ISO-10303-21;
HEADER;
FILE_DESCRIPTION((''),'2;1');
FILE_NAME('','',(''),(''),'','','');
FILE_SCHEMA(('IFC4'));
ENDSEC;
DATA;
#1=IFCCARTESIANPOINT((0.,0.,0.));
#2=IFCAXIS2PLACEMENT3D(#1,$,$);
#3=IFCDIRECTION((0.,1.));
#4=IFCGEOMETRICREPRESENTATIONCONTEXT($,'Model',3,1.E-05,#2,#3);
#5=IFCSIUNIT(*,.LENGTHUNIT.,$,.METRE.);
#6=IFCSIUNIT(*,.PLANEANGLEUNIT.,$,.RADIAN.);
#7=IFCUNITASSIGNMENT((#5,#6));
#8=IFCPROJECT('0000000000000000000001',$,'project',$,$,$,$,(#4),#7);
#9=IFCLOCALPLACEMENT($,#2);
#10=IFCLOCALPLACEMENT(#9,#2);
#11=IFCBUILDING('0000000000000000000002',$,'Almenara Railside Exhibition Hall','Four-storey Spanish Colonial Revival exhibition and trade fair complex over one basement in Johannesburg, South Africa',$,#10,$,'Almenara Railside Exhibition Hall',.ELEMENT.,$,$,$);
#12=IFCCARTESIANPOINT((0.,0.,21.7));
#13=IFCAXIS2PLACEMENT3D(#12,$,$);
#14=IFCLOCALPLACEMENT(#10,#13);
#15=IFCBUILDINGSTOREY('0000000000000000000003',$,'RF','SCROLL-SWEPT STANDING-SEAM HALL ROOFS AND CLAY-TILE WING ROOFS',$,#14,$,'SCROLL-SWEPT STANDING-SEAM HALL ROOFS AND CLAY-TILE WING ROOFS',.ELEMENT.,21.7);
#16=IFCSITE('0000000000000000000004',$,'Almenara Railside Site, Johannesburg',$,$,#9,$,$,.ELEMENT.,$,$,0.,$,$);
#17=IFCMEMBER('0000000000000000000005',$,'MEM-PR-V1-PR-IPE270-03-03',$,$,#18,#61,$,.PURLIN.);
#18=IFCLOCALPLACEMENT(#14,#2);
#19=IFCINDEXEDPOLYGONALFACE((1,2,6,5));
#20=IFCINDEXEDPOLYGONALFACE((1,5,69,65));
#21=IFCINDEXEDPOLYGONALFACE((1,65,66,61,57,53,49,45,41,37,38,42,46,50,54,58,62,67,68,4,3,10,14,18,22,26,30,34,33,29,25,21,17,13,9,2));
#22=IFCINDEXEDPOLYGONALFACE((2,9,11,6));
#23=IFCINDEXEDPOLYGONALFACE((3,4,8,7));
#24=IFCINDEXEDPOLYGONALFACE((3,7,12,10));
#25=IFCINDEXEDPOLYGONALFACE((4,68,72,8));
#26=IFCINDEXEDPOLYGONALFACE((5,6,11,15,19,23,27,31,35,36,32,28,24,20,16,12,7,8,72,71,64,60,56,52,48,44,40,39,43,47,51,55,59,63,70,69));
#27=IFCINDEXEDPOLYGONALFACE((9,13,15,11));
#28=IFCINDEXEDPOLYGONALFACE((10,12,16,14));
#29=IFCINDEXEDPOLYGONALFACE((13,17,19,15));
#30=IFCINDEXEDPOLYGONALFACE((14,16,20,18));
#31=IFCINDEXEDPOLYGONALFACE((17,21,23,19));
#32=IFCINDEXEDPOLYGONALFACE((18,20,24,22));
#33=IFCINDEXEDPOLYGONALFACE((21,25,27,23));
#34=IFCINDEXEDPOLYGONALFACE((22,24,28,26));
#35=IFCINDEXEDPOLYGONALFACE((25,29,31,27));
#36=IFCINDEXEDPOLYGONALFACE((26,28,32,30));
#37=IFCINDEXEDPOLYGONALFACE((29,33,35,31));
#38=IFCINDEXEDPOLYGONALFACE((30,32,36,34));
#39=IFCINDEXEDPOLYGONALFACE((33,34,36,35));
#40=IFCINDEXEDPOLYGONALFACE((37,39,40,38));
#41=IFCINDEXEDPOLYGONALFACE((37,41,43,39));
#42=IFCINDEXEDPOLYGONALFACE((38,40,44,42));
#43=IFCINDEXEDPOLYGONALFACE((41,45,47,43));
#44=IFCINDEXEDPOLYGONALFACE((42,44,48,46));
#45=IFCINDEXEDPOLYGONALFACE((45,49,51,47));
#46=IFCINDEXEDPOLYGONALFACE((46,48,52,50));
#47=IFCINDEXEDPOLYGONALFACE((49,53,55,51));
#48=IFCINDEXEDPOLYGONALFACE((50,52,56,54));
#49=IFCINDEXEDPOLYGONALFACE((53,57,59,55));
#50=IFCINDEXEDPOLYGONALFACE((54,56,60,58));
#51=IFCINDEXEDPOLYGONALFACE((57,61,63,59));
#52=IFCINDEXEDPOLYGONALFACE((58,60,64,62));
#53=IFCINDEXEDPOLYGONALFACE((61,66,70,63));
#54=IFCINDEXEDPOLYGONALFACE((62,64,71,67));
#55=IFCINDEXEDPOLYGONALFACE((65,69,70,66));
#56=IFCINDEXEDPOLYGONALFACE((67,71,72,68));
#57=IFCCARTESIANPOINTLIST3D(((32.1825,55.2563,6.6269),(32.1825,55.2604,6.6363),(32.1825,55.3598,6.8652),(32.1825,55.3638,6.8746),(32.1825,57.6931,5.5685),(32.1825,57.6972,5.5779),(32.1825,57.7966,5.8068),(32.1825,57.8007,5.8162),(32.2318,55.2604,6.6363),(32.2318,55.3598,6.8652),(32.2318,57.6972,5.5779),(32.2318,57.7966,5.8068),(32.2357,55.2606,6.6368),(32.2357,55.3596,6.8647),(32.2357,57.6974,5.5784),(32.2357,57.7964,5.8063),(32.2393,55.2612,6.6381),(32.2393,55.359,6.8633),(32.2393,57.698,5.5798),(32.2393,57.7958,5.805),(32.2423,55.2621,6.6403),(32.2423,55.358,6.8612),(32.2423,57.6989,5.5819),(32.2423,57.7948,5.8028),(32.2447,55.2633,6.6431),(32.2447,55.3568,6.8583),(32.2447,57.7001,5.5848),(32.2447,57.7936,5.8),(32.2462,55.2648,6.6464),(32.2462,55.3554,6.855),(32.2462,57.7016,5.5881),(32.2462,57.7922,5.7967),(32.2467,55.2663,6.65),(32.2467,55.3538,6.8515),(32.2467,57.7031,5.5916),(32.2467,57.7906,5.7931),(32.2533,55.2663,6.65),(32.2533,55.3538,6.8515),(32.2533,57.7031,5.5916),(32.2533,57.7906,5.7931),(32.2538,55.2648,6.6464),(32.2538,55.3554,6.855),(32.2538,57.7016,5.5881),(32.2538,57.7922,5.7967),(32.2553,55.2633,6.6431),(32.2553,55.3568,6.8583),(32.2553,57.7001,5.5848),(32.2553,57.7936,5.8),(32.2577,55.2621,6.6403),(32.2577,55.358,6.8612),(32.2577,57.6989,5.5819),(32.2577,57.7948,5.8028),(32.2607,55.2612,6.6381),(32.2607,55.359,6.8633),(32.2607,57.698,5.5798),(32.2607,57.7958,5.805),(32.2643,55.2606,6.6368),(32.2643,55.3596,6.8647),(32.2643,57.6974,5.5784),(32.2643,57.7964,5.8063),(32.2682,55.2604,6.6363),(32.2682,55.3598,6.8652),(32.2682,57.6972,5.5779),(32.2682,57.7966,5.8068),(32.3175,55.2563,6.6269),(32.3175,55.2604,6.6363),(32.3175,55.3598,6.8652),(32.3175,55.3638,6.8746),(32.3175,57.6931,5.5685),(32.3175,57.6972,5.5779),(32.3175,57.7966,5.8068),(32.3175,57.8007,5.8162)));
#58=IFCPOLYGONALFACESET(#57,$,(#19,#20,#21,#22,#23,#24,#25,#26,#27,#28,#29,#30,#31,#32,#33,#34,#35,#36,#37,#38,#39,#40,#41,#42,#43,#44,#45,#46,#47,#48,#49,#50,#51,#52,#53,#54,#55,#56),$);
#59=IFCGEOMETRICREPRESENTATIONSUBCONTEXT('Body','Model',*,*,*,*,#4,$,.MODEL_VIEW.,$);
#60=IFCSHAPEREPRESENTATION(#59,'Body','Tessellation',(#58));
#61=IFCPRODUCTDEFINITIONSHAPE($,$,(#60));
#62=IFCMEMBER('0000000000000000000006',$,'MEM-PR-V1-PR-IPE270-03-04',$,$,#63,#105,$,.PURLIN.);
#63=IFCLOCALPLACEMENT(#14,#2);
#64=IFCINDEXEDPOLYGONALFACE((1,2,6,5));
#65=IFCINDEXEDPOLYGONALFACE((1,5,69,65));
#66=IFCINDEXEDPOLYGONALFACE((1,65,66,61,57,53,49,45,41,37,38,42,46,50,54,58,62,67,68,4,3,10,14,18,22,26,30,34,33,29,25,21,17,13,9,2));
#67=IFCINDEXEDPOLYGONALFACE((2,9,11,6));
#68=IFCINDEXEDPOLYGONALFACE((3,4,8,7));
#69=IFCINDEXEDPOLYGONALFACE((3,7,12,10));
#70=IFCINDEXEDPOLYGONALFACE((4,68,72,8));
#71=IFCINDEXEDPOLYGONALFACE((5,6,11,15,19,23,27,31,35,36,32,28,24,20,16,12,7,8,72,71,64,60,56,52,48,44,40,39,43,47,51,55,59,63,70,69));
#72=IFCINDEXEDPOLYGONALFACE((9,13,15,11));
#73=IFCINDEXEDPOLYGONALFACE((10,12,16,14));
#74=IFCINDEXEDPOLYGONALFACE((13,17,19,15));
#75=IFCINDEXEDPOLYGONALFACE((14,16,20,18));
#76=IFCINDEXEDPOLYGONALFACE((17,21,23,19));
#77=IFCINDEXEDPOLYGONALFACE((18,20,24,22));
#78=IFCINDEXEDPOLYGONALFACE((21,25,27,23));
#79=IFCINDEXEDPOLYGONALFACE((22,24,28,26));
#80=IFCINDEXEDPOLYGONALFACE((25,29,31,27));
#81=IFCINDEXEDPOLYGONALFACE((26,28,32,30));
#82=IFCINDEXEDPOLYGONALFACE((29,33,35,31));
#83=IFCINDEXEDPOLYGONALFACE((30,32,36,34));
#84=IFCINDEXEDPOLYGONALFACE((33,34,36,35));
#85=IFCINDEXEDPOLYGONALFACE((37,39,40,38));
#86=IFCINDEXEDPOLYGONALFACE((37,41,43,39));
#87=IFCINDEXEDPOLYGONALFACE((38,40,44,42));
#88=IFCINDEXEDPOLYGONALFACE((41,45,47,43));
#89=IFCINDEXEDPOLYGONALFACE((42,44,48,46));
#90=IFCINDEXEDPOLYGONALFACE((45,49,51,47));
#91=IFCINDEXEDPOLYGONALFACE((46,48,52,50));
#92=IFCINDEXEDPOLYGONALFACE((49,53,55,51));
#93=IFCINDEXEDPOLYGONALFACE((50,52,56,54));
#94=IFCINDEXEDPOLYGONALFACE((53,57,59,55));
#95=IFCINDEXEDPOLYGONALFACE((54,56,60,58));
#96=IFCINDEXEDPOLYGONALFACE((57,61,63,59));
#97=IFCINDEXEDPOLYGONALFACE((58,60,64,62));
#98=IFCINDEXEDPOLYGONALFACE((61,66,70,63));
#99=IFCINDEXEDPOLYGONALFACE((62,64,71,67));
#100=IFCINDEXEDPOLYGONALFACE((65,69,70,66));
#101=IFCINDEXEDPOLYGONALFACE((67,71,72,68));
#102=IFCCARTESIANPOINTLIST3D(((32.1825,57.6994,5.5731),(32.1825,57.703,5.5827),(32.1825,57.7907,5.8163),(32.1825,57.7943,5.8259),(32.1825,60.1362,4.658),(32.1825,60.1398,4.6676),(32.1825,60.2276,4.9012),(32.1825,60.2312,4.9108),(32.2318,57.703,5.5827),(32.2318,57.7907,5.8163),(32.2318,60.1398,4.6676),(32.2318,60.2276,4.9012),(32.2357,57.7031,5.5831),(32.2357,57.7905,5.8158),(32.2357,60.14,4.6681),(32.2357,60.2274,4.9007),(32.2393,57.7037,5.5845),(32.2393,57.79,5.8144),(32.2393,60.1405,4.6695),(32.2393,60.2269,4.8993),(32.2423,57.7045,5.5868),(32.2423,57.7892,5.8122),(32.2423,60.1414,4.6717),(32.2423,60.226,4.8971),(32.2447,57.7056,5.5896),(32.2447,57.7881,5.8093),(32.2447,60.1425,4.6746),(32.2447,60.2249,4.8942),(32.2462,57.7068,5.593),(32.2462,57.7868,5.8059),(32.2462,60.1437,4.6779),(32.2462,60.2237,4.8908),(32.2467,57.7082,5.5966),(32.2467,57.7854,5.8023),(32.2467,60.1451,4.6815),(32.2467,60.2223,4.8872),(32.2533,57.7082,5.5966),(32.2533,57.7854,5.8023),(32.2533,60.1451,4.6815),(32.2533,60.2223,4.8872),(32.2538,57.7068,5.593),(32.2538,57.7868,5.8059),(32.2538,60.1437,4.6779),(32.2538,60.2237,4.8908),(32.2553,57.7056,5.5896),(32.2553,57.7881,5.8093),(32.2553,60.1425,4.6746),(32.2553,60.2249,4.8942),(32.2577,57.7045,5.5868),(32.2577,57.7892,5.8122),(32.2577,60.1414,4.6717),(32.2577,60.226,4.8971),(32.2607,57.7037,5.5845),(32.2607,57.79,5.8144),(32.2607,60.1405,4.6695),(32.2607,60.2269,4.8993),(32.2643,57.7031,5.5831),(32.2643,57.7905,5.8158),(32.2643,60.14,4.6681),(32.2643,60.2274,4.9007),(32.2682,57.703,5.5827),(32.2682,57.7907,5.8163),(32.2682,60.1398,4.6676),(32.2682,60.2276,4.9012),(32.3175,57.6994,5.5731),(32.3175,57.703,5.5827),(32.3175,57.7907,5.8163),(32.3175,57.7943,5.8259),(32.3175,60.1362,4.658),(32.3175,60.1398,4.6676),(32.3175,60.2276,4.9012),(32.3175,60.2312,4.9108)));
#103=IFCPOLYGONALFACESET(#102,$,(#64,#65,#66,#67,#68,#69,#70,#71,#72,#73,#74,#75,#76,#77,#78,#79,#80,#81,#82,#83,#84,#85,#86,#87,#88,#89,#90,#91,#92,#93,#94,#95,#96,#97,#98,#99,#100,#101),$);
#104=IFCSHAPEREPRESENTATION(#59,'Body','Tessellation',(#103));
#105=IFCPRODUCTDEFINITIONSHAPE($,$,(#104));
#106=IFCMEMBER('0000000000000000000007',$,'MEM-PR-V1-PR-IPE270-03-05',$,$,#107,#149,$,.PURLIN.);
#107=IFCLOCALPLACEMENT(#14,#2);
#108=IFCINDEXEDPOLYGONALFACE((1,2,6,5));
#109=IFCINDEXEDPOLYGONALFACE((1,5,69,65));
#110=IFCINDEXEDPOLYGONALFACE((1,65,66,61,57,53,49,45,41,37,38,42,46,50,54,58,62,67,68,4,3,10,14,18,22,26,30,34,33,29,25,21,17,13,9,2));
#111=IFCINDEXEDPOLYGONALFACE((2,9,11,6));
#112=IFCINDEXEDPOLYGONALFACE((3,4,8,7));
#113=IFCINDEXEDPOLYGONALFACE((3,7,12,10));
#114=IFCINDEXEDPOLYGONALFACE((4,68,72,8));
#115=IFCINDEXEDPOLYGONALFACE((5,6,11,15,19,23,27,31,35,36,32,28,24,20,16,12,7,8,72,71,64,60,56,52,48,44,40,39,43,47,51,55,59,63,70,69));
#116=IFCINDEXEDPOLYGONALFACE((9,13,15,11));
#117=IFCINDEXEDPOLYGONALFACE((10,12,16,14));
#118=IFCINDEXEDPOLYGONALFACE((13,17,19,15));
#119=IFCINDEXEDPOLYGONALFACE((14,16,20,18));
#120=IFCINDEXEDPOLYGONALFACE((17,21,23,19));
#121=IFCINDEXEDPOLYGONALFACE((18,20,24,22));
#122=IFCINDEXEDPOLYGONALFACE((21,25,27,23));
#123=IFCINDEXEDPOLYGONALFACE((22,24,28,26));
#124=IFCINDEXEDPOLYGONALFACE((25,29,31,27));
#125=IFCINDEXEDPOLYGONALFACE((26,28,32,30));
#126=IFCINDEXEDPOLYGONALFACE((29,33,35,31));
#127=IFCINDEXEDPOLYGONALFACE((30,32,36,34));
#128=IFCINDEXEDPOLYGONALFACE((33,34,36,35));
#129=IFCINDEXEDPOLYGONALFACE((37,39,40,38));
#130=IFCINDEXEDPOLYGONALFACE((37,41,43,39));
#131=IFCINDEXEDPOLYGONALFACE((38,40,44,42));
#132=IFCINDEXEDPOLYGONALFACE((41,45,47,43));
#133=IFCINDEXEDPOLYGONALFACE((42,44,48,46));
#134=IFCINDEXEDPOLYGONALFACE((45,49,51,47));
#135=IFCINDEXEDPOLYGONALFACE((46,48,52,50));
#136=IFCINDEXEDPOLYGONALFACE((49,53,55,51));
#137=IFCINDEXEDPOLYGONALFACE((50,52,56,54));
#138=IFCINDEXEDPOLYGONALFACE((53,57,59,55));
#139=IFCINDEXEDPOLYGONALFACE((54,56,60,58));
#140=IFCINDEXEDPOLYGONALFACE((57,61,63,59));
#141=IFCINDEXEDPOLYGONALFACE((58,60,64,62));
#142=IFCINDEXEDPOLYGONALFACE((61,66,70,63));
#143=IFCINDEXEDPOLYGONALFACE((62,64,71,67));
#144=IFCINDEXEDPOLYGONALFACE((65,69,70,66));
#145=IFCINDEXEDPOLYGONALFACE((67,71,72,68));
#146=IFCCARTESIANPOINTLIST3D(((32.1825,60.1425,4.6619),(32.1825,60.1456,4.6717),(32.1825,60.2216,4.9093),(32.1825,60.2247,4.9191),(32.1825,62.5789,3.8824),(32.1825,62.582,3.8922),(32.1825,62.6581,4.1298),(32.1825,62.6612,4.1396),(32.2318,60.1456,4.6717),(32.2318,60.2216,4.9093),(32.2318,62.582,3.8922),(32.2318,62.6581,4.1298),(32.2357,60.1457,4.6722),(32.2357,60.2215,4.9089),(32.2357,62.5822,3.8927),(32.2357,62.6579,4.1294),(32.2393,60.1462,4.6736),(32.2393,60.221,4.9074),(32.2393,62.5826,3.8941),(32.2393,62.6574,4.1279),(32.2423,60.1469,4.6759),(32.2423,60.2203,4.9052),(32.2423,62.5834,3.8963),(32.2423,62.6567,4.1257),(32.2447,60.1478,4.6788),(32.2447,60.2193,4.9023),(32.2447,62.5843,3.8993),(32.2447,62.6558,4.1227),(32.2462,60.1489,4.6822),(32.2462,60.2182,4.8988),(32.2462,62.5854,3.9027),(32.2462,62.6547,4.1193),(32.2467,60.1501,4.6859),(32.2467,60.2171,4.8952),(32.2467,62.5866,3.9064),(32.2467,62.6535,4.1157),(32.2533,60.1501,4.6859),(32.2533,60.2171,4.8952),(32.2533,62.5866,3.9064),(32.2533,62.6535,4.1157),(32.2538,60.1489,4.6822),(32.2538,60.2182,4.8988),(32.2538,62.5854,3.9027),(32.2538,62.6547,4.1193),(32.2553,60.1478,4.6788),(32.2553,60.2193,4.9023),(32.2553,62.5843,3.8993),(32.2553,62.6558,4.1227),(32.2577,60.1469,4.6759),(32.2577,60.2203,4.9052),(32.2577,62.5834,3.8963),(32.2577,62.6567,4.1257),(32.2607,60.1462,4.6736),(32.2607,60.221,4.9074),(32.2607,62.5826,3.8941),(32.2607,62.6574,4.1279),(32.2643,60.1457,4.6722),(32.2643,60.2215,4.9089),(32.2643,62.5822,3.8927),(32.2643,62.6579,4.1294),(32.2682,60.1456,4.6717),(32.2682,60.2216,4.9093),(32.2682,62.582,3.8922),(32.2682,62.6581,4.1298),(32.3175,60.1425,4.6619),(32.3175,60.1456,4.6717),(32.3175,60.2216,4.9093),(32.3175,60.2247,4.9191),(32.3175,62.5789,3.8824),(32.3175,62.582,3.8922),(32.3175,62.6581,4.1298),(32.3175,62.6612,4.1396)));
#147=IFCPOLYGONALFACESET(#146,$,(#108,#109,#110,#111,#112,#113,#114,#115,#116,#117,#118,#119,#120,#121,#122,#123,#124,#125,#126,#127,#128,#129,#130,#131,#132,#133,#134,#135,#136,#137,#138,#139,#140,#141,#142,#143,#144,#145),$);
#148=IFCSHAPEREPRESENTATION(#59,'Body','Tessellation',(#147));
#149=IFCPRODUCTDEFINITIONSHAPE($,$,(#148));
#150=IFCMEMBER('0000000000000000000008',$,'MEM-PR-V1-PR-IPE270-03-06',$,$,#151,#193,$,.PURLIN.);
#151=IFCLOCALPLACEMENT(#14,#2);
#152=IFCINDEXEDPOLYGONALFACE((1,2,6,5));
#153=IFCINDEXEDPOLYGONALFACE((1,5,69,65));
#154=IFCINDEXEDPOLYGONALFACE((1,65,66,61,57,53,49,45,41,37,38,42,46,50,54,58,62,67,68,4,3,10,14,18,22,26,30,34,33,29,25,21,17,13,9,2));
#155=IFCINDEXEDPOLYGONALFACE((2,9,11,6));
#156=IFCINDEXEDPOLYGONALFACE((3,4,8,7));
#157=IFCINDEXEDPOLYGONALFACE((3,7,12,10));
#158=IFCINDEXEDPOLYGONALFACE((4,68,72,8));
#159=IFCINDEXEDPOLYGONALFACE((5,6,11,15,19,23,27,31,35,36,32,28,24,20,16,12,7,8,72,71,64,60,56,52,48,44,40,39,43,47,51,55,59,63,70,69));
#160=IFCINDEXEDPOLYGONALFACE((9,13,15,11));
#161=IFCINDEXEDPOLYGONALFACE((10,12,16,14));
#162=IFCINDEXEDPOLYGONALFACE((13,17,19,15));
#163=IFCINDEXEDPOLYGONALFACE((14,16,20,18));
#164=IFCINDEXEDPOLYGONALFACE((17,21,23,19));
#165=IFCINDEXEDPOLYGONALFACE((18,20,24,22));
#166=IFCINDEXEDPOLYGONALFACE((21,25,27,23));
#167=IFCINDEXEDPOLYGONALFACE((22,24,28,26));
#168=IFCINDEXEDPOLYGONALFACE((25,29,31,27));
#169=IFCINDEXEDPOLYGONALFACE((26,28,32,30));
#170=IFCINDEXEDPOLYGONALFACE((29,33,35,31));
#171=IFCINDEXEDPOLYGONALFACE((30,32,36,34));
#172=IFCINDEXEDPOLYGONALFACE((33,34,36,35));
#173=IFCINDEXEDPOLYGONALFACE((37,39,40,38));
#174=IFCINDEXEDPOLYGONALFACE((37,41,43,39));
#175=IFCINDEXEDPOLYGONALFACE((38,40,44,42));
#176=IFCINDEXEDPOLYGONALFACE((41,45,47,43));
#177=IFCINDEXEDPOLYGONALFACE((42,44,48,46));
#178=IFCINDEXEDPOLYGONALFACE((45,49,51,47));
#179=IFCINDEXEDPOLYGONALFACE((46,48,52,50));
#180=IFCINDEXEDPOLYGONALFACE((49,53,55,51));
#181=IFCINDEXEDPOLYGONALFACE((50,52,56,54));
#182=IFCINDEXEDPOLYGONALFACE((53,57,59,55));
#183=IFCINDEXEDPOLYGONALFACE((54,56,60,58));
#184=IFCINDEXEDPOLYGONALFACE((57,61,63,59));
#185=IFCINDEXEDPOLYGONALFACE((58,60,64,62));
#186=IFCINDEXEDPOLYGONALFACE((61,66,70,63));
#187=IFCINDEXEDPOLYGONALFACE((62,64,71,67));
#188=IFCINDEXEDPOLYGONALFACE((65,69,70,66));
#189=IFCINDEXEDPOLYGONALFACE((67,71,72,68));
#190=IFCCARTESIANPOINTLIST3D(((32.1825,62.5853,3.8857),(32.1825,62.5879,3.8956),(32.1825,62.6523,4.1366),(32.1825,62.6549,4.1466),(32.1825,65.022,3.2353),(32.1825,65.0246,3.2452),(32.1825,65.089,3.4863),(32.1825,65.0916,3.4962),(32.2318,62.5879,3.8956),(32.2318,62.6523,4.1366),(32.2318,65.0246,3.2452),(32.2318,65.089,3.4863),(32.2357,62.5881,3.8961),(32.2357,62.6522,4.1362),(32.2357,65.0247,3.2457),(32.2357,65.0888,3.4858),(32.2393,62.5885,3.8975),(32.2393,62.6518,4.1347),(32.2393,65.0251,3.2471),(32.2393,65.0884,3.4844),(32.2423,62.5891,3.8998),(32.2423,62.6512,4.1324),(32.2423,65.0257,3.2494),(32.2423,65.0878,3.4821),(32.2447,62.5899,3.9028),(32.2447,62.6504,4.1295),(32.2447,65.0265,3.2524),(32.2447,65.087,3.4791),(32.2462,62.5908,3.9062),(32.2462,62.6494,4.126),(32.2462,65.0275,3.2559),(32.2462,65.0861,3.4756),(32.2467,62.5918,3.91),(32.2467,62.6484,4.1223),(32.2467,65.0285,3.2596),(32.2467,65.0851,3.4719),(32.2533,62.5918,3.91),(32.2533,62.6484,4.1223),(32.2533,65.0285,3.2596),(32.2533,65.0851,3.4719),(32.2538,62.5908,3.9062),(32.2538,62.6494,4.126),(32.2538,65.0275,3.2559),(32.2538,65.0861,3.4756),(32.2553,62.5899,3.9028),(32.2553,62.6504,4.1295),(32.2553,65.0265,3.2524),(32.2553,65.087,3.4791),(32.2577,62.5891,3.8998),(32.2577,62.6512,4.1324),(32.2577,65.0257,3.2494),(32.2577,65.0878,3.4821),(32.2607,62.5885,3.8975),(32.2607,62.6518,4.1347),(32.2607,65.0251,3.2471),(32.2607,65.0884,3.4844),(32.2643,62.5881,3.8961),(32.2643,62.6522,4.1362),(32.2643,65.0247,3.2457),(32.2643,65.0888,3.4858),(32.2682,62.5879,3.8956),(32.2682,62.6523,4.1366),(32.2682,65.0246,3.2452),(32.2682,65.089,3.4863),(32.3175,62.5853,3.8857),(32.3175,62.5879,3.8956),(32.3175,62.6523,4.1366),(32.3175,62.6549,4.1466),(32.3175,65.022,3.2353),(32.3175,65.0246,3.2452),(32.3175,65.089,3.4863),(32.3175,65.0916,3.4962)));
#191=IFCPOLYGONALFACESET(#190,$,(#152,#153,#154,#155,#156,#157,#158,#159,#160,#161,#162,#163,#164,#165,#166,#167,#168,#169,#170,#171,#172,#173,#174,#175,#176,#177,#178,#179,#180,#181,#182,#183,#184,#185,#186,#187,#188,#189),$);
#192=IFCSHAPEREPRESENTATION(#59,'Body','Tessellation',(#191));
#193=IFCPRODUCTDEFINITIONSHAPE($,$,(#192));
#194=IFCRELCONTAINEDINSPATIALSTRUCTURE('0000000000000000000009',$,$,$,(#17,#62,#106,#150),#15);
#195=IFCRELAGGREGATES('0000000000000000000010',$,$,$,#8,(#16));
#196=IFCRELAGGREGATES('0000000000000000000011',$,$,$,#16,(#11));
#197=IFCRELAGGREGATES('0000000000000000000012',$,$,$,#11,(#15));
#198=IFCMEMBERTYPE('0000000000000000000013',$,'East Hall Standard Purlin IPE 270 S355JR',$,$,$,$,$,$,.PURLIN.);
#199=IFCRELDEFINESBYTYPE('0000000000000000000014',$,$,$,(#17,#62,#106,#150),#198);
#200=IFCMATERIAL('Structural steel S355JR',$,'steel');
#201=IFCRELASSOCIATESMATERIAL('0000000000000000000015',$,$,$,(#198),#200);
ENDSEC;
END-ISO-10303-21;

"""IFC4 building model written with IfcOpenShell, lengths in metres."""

from ifc_helpers import new_model, si_unit, direction, frame, origin, origin_2d, place, context, subcontext, project, spatial, i_section, extrude, material, material_profile, profile_set, type_object, element, save


model = new_model("IFC4")

# Units and contexts
model_context = context("Model", 3, precision=1e-05, world=origin(), true_north=direction((0.0, 1.0)))
body_context = subcontext(model_context, "Body", "Model", "MODEL_VIEW")
ifc_project = project(units=[si_unit("LENGTHUNIT", "METRE"), si_unit("PLANEANGLEUNIT", "RADIAN")], contexts=[model_context])

# Site, building, storey
site_placement = place(None, origin())
site = spatial("IfcSite", under=ifc_project, at=site_placement, Name="Almenara Railside Site, Johannesburg", CompositionType="ELEMENT", RefElevation=0.0)
building_placement = place(site_placement, origin())
building = spatial("IfcBuilding", under=site, at=building_placement, Name="Almenara Railside Exhibition Hall", Description="Four-storey Spanish Colonial Revival exhibition and trade fair complex over one basement in Johannesburg, South Africa", LongName="Almenara Railside Exhibition Hall", CompositionType="ELEMENT")
storey_placement = place(building_placement, frame((0.0, 0.0, 21.7)))
storey = spatial("IfcBuildingStorey", under=building, at=storey_placement, Name="RF", Description="SCROLL-SWEPT STANDING-SEAM HALL ROOFS AND CLAY-TILE WING ROOFS", LongName="SCROLL-SWEPT STANDING-SEAM HALL ROOFS AND CLAY-TILE WING ROOFS", CompositionType="ELEMENT", Elevation=21.7)

# Members
ifc_material_1 = material(Name="Structural steel S355JR", Category="steel")
ifc_material_profile_1 = material_profile(ifc_material_1, i_section(OverallWidth=0.135, OverallDepth=0.27, WebThickness=0.0066, FlangeThickness=0.0103, FilletRadius=0.0149, at=origin_2d()), Name="IPE 270")
ifc_profile_set_1 = profile_set([ifc_material_profile_1], Name="Structural steel S355JR")
member_type_1 = type_object("IfcMemberType", Name="East Hall Standard Purlin IPE 270 S355JR", PredefinedType="PURLIN", material=ifc_profile_set_1)
member_1_placement = place(storey_placement, frame((32.25, 55.3101, 6.7507), z_axis=(0.0, 0.917223, -0.398373), x_axis=(-1.0, 0.0, 0.0)))
element("IfcMember", 1, at=member_1_placement, inside=storey, type_object=member_type_1, Name="MEM-PR-V1-PR-IPE270-03-03", PredefinedType="PURLIN", context=body_context, shape_type="SweptSolid", body=[
    extrude(i_section(OverallWidth=0.135, OverallDepth=0.27, WebThickness=0.0066, FlangeThickness=0.0103, FilletRadius=0.0149, at=origin_2d()), origin(), (0.0, 0.0, 1.0), 2.6567),
])
member_2_placement = place(storey_placement, frame((32.25, 57.7468, 5.6995), z_axis=(0.0, 0.936171, -0.351545), x_axis=(-1.0, 0.0, 0.0)))
element("IfcMember", 2, at=member_2_placement, inside=storey, type_object=member_type_1, Name="MEM-PR-V1-PR-IPE270-03-04", PredefinedType="PURLIN", context=body_context, shape_type="SweptSolid", body=[
    extrude(i_section(OverallWidth=0.135, OverallDepth=0.27, WebThickness=0.0066, FlangeThickness=0.0103, FilletRadius=0.0149, at=origin_2d()), origin(), (0.0, 0.0, 1.0), 2.603),
])
member_3_placement = place(storey_placement, frame((32.25, 60.1836, 4.7905), z_axis=(0.0, 0.952441, -0.304724), x_axis=(-1.0, 0.0, 0.0)))
element("IfcMember", 3, at=member_3_placement, inside=storey, type_object=member_type_1, Name="MEM-PR-V1-PR-IPE270-03-05", PredefinedType="PURLIN", context=body_context, shape_type="SweptSolid", body=[
    extrude(i_section(OverallWidth=0.135, OverallDepth=0.27, WebThickness=0.0066, FlangeThickness=0.0103, FilletRadius=0.0149, at=origin_2d()), origin(), (0.0, 0.0, 1.0), 2.5581),
])
member_4_placement = place(storey_placement, frame((32.25, 62.6201, 4.0161), z_axis=(0.0, 0.966177, -0.25788), x_axis=(-1.0, 0.0, 0.0)))
element("IfcMember", 4, at=member_4_placement, inside=storey, type_object=member_type_1, Name="MEM-PR-V1-PR-IPE270-03-06", PredefinedType="PURLIN", context=body_context, shape_type="SweptSolid", body=[
    extrude(i_section(OverallWidth=0.135, OverallDepth=0.27, WebThickness=0.0066, FlangeThickness=0.0103, FilletRadius=0.0149, at=origin_2d()), origin(), (0.0, 0.0, 1.0), 2.522),
])

save(model, "model.ifc")
